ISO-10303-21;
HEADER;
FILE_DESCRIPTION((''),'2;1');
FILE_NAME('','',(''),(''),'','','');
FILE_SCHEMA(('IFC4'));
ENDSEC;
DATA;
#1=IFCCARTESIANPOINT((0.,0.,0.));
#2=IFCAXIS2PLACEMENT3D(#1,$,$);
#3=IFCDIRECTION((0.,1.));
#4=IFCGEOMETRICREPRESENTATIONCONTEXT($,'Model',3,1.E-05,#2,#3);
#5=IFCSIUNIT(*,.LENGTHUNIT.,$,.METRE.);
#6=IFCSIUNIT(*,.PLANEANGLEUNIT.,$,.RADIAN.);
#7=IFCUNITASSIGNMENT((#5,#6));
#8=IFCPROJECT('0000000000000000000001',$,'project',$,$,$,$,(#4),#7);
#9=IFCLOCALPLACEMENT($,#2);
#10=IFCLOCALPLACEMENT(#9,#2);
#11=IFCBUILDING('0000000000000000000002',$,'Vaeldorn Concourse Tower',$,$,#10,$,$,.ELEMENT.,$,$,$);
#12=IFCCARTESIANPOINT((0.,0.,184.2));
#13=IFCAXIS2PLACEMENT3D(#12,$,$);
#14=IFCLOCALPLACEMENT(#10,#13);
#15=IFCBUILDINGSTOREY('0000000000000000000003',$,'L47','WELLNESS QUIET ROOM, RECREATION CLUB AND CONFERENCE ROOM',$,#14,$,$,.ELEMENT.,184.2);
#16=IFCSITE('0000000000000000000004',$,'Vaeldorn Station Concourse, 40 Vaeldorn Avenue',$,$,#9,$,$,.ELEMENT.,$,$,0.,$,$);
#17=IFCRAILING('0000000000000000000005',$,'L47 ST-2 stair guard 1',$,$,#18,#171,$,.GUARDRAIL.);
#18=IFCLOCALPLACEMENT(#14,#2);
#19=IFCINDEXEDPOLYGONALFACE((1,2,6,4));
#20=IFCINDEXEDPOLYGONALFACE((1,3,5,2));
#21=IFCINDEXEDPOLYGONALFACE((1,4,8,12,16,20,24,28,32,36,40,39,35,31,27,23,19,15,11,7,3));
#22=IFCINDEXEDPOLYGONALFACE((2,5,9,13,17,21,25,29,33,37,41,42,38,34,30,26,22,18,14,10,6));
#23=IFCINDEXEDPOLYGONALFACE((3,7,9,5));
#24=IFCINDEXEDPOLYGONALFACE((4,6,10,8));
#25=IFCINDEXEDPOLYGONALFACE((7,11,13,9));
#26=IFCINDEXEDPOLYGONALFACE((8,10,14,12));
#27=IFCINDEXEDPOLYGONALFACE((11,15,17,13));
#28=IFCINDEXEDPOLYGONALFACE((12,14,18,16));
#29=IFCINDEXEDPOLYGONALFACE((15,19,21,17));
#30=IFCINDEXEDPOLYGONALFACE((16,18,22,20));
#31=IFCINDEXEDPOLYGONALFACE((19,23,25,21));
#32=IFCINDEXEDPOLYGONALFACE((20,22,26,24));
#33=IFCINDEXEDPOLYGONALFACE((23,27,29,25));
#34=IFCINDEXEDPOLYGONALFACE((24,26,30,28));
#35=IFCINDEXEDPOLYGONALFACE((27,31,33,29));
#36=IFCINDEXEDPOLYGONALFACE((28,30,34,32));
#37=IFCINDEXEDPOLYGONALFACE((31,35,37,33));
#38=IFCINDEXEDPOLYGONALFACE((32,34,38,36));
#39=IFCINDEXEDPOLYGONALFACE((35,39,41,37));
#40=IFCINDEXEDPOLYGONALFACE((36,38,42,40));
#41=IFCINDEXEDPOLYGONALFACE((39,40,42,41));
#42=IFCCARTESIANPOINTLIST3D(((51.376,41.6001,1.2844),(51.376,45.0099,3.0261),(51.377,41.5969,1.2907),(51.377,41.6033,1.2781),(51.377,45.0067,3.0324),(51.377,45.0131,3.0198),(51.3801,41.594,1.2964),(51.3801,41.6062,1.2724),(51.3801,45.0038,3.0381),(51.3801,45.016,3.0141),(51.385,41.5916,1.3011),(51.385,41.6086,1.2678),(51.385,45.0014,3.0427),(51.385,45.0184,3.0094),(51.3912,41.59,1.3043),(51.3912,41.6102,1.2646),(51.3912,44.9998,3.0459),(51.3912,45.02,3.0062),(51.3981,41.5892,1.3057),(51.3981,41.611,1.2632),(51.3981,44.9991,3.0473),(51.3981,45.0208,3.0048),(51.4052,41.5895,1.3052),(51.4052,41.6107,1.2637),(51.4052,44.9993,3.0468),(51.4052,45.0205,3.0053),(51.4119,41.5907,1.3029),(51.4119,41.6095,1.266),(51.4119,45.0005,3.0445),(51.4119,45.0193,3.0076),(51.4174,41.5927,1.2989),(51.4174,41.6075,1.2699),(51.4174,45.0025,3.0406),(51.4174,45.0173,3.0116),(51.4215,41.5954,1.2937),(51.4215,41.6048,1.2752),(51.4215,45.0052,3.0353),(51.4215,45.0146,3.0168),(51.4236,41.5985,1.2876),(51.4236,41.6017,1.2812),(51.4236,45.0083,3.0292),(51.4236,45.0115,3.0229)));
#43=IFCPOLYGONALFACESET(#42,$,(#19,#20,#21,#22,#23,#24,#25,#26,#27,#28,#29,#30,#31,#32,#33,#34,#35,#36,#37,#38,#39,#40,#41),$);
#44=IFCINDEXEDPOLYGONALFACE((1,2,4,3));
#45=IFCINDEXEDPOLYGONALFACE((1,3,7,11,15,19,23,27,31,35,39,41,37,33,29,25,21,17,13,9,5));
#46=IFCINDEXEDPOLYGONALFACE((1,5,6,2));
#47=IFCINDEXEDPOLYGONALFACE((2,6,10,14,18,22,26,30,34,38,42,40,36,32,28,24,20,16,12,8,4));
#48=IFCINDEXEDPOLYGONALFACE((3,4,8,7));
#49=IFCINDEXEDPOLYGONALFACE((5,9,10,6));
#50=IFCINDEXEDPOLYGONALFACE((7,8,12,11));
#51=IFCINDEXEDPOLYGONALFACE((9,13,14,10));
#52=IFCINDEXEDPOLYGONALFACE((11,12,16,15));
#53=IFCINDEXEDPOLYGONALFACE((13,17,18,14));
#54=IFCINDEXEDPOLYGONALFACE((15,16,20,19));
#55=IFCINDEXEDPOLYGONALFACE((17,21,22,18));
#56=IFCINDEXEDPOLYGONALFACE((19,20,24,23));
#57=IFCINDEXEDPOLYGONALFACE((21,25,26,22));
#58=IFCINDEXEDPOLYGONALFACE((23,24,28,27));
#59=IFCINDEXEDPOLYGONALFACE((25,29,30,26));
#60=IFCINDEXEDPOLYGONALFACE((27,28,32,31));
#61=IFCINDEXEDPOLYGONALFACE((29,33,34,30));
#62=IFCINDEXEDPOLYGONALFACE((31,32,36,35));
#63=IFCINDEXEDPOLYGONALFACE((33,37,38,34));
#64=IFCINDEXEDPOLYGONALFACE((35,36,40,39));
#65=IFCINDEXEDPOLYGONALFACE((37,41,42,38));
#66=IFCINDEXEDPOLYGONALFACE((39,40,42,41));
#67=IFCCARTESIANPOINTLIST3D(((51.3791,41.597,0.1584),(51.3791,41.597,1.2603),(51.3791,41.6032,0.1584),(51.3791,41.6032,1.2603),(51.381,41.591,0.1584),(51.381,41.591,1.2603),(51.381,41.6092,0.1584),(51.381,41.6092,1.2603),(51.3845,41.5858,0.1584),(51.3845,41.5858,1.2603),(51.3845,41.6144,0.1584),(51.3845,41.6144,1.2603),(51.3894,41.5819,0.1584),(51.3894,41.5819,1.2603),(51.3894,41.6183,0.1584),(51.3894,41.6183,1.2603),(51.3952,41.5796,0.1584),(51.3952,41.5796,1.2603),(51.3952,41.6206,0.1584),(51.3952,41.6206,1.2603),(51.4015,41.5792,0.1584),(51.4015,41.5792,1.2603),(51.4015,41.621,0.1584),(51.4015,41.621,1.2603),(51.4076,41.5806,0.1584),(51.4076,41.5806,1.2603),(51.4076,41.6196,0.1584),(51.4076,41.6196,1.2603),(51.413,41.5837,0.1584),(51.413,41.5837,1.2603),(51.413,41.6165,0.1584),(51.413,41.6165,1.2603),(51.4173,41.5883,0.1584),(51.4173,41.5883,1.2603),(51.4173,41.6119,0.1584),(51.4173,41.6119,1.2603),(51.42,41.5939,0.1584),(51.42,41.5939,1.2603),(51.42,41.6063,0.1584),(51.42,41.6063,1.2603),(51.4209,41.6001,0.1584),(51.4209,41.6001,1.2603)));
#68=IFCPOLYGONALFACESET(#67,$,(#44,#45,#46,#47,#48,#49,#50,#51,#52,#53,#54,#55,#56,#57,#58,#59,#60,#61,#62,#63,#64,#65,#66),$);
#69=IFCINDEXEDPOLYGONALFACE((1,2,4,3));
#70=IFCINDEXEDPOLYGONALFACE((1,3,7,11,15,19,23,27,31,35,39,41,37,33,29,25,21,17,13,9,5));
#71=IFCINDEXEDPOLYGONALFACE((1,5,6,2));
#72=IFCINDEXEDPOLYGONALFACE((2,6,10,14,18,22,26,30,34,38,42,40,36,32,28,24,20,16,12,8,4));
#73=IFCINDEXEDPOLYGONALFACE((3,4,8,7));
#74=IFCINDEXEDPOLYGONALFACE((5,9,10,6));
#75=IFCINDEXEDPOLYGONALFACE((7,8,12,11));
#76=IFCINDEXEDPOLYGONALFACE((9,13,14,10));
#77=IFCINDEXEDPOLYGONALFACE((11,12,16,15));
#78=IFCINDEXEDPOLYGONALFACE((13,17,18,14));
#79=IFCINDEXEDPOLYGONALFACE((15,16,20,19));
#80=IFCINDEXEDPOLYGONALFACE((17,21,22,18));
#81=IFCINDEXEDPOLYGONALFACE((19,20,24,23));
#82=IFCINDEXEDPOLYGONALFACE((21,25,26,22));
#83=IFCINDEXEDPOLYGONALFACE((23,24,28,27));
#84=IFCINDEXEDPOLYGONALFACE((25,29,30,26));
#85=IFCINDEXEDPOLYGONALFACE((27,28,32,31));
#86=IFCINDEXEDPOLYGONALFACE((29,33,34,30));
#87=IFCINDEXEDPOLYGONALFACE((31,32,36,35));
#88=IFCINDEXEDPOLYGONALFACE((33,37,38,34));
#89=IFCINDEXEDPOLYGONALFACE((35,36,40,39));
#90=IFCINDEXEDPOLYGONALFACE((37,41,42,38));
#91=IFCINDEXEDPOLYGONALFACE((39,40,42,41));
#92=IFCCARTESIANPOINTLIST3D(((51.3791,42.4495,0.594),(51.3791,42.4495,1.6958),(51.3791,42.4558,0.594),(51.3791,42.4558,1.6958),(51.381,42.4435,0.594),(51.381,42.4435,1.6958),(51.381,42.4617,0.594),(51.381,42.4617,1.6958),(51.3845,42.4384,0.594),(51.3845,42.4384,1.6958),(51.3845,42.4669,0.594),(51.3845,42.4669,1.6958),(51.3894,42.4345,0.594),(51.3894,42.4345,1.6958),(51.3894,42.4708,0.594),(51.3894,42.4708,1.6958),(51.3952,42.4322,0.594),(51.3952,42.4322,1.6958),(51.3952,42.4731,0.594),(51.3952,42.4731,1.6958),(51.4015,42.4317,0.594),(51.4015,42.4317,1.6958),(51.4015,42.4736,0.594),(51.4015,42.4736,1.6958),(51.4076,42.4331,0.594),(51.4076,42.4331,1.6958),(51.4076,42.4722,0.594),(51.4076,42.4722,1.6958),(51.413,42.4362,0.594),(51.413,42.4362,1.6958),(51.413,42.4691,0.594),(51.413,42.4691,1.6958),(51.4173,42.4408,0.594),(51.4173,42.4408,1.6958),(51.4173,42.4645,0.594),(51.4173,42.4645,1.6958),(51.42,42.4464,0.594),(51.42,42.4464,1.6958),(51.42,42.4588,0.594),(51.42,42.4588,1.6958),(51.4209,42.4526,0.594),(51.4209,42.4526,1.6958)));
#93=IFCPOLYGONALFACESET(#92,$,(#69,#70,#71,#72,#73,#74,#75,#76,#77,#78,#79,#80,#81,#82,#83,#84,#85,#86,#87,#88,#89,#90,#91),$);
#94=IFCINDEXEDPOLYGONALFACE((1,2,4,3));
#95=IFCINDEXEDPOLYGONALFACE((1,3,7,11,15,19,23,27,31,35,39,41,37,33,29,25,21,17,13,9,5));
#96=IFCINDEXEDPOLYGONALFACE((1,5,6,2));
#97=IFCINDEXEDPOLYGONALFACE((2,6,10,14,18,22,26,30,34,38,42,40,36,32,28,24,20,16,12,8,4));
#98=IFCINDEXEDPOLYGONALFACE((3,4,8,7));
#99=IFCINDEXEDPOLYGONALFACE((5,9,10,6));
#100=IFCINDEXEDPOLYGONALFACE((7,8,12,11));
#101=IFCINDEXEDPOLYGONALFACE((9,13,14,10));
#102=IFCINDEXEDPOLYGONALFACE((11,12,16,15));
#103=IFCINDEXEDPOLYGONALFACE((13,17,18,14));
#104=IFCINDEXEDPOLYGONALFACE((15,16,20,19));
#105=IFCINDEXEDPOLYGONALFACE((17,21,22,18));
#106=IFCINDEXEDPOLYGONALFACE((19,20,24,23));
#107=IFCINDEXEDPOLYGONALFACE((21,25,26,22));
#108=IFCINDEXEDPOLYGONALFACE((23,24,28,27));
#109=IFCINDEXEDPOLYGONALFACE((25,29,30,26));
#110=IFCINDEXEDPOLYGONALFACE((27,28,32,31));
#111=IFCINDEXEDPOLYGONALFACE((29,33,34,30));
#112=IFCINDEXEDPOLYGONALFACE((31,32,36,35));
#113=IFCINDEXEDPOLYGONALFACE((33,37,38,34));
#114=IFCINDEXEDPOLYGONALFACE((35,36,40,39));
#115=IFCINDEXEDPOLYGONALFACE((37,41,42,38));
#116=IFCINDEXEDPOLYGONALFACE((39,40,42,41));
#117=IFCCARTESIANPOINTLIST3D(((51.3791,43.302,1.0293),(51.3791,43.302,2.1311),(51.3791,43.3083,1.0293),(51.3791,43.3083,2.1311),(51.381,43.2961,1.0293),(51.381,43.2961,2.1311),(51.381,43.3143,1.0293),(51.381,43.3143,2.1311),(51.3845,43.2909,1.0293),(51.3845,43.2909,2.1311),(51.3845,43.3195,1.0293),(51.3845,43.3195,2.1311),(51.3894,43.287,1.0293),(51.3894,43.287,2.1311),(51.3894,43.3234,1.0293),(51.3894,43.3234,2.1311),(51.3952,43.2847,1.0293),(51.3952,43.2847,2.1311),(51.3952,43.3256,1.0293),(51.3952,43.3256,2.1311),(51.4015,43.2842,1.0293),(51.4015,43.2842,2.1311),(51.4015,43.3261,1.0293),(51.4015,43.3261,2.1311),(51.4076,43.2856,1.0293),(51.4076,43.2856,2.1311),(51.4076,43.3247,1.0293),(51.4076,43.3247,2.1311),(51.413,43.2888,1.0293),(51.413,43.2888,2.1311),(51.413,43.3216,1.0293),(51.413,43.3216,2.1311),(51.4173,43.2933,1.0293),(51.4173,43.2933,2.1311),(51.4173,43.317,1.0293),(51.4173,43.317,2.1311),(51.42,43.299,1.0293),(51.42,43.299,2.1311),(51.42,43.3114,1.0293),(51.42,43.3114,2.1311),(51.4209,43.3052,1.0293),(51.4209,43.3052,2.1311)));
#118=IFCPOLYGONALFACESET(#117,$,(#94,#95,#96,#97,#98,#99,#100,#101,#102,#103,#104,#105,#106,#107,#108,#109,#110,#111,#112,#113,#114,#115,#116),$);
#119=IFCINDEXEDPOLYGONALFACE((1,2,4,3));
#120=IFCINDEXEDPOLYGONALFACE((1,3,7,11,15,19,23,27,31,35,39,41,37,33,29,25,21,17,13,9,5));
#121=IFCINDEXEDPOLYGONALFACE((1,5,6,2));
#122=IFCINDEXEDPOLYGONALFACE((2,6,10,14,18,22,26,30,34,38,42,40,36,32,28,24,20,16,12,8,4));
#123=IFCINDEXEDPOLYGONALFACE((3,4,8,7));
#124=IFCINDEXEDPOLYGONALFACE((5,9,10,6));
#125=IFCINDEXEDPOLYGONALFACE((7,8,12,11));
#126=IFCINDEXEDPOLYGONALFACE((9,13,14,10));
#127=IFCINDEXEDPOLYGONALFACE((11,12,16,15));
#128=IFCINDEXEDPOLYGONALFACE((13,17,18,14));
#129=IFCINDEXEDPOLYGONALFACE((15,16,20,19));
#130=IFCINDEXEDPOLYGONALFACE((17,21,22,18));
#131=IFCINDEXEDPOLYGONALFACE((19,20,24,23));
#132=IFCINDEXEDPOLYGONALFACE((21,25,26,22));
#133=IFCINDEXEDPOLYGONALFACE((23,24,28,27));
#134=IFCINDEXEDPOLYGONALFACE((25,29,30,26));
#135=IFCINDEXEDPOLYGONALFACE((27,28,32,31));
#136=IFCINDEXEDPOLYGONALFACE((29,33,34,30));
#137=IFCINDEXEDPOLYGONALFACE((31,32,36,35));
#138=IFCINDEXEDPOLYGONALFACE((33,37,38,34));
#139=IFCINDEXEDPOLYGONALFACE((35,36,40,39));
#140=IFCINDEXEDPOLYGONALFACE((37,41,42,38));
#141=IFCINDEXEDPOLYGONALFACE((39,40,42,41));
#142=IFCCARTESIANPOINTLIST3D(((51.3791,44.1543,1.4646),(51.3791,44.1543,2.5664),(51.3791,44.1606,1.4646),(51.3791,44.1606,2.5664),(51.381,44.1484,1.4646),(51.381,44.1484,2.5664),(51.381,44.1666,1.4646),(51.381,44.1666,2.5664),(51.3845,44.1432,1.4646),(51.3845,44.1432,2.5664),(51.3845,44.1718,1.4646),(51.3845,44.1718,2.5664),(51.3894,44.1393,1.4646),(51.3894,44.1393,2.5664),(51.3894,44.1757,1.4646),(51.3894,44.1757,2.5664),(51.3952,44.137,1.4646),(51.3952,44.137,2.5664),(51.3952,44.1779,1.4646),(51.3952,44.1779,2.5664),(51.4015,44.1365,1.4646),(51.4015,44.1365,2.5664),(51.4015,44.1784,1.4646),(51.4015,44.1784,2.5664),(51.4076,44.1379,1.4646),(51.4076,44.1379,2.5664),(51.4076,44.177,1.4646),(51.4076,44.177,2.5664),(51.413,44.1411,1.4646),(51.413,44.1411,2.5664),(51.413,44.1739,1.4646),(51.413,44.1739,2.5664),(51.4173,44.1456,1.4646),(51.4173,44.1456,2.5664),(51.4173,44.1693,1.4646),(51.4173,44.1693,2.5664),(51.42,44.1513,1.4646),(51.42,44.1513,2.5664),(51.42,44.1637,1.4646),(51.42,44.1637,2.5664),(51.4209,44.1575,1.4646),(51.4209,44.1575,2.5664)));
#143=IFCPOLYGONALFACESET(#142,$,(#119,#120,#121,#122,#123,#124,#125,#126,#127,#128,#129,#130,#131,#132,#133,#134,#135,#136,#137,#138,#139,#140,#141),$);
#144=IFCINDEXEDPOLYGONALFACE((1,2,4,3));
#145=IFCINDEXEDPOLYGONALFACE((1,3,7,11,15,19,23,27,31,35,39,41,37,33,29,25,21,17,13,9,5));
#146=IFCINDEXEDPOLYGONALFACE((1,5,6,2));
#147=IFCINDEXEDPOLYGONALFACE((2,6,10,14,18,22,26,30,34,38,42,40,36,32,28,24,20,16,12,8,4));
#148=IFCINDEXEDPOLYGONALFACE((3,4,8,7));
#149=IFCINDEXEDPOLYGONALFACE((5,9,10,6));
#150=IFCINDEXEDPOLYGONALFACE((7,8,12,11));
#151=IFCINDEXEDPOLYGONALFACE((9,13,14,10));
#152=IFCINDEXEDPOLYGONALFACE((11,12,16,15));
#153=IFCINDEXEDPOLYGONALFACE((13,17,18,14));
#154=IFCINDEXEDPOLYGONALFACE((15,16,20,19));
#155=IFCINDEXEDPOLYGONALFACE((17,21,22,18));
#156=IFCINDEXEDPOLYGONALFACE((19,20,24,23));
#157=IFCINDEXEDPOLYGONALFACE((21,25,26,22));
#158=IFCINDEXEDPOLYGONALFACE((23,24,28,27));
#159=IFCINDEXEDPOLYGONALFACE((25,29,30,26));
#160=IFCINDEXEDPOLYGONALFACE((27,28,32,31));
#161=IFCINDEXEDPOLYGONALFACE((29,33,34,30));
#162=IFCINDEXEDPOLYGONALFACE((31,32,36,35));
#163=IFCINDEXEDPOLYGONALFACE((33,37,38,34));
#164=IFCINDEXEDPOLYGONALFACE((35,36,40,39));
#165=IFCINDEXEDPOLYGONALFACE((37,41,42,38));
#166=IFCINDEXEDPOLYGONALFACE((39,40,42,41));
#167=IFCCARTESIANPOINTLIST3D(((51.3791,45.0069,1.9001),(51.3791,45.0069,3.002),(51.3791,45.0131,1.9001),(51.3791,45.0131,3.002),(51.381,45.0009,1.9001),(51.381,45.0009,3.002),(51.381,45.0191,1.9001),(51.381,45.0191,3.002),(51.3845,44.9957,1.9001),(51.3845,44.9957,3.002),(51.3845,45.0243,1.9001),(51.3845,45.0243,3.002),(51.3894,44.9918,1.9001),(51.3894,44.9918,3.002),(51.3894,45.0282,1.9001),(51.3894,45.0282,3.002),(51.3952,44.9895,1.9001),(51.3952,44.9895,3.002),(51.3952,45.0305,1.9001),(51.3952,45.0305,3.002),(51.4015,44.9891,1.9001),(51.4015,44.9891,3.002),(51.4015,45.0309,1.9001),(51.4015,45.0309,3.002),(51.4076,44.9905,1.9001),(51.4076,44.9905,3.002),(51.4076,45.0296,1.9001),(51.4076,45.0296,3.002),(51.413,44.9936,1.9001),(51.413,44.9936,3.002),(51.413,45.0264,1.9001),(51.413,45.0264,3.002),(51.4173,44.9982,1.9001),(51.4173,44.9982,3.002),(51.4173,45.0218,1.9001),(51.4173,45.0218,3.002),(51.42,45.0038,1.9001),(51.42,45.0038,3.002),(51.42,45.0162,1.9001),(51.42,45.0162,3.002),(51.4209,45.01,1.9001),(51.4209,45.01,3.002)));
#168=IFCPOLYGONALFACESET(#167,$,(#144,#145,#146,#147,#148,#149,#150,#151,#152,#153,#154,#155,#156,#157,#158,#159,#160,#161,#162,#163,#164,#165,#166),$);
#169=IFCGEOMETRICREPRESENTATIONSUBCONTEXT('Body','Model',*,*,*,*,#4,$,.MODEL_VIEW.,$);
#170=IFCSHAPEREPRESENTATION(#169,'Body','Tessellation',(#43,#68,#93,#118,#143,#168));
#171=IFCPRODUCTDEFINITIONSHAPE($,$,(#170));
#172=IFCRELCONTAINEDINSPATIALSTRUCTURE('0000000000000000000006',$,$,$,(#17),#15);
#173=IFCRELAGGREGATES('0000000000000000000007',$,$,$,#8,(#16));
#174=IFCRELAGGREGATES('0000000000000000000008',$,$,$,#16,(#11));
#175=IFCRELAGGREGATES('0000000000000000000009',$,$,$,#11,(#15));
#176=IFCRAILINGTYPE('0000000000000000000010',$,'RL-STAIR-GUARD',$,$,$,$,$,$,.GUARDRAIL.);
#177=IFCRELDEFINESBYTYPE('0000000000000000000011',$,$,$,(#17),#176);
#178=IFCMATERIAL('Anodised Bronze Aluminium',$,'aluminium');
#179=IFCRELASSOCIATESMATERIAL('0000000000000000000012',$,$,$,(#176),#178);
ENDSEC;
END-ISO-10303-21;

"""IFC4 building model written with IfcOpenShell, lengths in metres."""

from ifc_helpers import new_model, si_unit, direction, frame, origin, origin_2d, place, context, subcontext, project, spatial, circle, extrude, material, type_object, element, save


model = new_model("IFC4")

# Units and contexts
model_context = context("Model", 3, precision=1e-05, world=origin(), true_north=direction((0.0, 1.0)))
body_context = subcontext(model_context, "Body", "Model", "MODEL_VIEW")
ifc_project = project(units=[si_unit("LENGTHUNIT", "METRE"), si_unit("PLANEANGLEUNIT", "RADIAN")], contexts=[model_context])

# Site, building, storey
site_placement = place(None, origin())
site = spatial("IfcSite", under=ifc_project, at=site_placement, Name="Vaeldorn Station Concourse, 40 Vaeldorn Avenue", CompositionType="ELEMENT", RefElevation=0.0)
building_placement = place(site_placement, origin())
building = spatial("IfcBuilding", under=site, at=building_placement, Name="Vaeldorn Concourse Tower", CompositionType="ELEMENT")
storey_placement = place(building_placement, frame((0.0, 0.0, 184.2)))
storey = spatial("IfcBuildingStorey", under=building, at=storey_placement, Name="L47", Description="WELLNESS QUIET ROOM, RECREATION CLUB AND CONFERENCE ROOM", CompositionType="ELEMENT", Elevation=184.2)

# Shared definitions
ifc_material_1 = material(Name="Anodised Bronze Aluminium", Category="aluminium")

# Railing
railing_type_1 = type_object("IfcRailingType", Name="RL-STAIR-GUARD", PredefinedType="GUARDRAIL", material=ifc_material_1)
railing_1_placement = place(storey_placement, frame((51.3999, 41.6001, 0.1584)))
element("IfcRailing", 1, at=railing_1_placement, inside=storey, type_object=railing_type_1, Name="L47 ST-2 stair guard 1", PredefinedType="GUARDRAIL", context=body_context, shape_type="SweptSolid", body=[
    extrude(circle(Radius=0.0239, at=origin_2d()), frame((0.0, 0.0, 1.126), z_axis=(0.0, 0.890556, 0.454874), x_axis=(-1.0, 0.0, 0.0)), (0.0, 0.0, 1.0), 3.8289),
    extrude(circle(Radius=0.021, at=origin_2d()), origin(), (0.0, 0.0, 1.0), 1.1018),
    extrude(circle(Radius=0.021, at=origin_2d()), frame((0.0, 0.8525, 0.4355)), (0.0, 0.0, 1.0), 1.1018),
    extrude(circle(Radius=0.021, at=origin_2d()), frame((0.0, 1.7051, 0.8708)), (0.0, 0.0, 1.0), 1.1018),
    extrude(circle(Radius=0.021, at=origin_2d()), frame((0.0, 2.5574, 1.3062)), (0.0, 0.0, 1.0), 1.1018),
    extrude(circle(Radius=0.021, at=origin_2d()), frame((0.0, 3.4099, 1.7417)), (0.0, 0.0, 1.0), 1.1018),
])

save(model, "model.ifc")
